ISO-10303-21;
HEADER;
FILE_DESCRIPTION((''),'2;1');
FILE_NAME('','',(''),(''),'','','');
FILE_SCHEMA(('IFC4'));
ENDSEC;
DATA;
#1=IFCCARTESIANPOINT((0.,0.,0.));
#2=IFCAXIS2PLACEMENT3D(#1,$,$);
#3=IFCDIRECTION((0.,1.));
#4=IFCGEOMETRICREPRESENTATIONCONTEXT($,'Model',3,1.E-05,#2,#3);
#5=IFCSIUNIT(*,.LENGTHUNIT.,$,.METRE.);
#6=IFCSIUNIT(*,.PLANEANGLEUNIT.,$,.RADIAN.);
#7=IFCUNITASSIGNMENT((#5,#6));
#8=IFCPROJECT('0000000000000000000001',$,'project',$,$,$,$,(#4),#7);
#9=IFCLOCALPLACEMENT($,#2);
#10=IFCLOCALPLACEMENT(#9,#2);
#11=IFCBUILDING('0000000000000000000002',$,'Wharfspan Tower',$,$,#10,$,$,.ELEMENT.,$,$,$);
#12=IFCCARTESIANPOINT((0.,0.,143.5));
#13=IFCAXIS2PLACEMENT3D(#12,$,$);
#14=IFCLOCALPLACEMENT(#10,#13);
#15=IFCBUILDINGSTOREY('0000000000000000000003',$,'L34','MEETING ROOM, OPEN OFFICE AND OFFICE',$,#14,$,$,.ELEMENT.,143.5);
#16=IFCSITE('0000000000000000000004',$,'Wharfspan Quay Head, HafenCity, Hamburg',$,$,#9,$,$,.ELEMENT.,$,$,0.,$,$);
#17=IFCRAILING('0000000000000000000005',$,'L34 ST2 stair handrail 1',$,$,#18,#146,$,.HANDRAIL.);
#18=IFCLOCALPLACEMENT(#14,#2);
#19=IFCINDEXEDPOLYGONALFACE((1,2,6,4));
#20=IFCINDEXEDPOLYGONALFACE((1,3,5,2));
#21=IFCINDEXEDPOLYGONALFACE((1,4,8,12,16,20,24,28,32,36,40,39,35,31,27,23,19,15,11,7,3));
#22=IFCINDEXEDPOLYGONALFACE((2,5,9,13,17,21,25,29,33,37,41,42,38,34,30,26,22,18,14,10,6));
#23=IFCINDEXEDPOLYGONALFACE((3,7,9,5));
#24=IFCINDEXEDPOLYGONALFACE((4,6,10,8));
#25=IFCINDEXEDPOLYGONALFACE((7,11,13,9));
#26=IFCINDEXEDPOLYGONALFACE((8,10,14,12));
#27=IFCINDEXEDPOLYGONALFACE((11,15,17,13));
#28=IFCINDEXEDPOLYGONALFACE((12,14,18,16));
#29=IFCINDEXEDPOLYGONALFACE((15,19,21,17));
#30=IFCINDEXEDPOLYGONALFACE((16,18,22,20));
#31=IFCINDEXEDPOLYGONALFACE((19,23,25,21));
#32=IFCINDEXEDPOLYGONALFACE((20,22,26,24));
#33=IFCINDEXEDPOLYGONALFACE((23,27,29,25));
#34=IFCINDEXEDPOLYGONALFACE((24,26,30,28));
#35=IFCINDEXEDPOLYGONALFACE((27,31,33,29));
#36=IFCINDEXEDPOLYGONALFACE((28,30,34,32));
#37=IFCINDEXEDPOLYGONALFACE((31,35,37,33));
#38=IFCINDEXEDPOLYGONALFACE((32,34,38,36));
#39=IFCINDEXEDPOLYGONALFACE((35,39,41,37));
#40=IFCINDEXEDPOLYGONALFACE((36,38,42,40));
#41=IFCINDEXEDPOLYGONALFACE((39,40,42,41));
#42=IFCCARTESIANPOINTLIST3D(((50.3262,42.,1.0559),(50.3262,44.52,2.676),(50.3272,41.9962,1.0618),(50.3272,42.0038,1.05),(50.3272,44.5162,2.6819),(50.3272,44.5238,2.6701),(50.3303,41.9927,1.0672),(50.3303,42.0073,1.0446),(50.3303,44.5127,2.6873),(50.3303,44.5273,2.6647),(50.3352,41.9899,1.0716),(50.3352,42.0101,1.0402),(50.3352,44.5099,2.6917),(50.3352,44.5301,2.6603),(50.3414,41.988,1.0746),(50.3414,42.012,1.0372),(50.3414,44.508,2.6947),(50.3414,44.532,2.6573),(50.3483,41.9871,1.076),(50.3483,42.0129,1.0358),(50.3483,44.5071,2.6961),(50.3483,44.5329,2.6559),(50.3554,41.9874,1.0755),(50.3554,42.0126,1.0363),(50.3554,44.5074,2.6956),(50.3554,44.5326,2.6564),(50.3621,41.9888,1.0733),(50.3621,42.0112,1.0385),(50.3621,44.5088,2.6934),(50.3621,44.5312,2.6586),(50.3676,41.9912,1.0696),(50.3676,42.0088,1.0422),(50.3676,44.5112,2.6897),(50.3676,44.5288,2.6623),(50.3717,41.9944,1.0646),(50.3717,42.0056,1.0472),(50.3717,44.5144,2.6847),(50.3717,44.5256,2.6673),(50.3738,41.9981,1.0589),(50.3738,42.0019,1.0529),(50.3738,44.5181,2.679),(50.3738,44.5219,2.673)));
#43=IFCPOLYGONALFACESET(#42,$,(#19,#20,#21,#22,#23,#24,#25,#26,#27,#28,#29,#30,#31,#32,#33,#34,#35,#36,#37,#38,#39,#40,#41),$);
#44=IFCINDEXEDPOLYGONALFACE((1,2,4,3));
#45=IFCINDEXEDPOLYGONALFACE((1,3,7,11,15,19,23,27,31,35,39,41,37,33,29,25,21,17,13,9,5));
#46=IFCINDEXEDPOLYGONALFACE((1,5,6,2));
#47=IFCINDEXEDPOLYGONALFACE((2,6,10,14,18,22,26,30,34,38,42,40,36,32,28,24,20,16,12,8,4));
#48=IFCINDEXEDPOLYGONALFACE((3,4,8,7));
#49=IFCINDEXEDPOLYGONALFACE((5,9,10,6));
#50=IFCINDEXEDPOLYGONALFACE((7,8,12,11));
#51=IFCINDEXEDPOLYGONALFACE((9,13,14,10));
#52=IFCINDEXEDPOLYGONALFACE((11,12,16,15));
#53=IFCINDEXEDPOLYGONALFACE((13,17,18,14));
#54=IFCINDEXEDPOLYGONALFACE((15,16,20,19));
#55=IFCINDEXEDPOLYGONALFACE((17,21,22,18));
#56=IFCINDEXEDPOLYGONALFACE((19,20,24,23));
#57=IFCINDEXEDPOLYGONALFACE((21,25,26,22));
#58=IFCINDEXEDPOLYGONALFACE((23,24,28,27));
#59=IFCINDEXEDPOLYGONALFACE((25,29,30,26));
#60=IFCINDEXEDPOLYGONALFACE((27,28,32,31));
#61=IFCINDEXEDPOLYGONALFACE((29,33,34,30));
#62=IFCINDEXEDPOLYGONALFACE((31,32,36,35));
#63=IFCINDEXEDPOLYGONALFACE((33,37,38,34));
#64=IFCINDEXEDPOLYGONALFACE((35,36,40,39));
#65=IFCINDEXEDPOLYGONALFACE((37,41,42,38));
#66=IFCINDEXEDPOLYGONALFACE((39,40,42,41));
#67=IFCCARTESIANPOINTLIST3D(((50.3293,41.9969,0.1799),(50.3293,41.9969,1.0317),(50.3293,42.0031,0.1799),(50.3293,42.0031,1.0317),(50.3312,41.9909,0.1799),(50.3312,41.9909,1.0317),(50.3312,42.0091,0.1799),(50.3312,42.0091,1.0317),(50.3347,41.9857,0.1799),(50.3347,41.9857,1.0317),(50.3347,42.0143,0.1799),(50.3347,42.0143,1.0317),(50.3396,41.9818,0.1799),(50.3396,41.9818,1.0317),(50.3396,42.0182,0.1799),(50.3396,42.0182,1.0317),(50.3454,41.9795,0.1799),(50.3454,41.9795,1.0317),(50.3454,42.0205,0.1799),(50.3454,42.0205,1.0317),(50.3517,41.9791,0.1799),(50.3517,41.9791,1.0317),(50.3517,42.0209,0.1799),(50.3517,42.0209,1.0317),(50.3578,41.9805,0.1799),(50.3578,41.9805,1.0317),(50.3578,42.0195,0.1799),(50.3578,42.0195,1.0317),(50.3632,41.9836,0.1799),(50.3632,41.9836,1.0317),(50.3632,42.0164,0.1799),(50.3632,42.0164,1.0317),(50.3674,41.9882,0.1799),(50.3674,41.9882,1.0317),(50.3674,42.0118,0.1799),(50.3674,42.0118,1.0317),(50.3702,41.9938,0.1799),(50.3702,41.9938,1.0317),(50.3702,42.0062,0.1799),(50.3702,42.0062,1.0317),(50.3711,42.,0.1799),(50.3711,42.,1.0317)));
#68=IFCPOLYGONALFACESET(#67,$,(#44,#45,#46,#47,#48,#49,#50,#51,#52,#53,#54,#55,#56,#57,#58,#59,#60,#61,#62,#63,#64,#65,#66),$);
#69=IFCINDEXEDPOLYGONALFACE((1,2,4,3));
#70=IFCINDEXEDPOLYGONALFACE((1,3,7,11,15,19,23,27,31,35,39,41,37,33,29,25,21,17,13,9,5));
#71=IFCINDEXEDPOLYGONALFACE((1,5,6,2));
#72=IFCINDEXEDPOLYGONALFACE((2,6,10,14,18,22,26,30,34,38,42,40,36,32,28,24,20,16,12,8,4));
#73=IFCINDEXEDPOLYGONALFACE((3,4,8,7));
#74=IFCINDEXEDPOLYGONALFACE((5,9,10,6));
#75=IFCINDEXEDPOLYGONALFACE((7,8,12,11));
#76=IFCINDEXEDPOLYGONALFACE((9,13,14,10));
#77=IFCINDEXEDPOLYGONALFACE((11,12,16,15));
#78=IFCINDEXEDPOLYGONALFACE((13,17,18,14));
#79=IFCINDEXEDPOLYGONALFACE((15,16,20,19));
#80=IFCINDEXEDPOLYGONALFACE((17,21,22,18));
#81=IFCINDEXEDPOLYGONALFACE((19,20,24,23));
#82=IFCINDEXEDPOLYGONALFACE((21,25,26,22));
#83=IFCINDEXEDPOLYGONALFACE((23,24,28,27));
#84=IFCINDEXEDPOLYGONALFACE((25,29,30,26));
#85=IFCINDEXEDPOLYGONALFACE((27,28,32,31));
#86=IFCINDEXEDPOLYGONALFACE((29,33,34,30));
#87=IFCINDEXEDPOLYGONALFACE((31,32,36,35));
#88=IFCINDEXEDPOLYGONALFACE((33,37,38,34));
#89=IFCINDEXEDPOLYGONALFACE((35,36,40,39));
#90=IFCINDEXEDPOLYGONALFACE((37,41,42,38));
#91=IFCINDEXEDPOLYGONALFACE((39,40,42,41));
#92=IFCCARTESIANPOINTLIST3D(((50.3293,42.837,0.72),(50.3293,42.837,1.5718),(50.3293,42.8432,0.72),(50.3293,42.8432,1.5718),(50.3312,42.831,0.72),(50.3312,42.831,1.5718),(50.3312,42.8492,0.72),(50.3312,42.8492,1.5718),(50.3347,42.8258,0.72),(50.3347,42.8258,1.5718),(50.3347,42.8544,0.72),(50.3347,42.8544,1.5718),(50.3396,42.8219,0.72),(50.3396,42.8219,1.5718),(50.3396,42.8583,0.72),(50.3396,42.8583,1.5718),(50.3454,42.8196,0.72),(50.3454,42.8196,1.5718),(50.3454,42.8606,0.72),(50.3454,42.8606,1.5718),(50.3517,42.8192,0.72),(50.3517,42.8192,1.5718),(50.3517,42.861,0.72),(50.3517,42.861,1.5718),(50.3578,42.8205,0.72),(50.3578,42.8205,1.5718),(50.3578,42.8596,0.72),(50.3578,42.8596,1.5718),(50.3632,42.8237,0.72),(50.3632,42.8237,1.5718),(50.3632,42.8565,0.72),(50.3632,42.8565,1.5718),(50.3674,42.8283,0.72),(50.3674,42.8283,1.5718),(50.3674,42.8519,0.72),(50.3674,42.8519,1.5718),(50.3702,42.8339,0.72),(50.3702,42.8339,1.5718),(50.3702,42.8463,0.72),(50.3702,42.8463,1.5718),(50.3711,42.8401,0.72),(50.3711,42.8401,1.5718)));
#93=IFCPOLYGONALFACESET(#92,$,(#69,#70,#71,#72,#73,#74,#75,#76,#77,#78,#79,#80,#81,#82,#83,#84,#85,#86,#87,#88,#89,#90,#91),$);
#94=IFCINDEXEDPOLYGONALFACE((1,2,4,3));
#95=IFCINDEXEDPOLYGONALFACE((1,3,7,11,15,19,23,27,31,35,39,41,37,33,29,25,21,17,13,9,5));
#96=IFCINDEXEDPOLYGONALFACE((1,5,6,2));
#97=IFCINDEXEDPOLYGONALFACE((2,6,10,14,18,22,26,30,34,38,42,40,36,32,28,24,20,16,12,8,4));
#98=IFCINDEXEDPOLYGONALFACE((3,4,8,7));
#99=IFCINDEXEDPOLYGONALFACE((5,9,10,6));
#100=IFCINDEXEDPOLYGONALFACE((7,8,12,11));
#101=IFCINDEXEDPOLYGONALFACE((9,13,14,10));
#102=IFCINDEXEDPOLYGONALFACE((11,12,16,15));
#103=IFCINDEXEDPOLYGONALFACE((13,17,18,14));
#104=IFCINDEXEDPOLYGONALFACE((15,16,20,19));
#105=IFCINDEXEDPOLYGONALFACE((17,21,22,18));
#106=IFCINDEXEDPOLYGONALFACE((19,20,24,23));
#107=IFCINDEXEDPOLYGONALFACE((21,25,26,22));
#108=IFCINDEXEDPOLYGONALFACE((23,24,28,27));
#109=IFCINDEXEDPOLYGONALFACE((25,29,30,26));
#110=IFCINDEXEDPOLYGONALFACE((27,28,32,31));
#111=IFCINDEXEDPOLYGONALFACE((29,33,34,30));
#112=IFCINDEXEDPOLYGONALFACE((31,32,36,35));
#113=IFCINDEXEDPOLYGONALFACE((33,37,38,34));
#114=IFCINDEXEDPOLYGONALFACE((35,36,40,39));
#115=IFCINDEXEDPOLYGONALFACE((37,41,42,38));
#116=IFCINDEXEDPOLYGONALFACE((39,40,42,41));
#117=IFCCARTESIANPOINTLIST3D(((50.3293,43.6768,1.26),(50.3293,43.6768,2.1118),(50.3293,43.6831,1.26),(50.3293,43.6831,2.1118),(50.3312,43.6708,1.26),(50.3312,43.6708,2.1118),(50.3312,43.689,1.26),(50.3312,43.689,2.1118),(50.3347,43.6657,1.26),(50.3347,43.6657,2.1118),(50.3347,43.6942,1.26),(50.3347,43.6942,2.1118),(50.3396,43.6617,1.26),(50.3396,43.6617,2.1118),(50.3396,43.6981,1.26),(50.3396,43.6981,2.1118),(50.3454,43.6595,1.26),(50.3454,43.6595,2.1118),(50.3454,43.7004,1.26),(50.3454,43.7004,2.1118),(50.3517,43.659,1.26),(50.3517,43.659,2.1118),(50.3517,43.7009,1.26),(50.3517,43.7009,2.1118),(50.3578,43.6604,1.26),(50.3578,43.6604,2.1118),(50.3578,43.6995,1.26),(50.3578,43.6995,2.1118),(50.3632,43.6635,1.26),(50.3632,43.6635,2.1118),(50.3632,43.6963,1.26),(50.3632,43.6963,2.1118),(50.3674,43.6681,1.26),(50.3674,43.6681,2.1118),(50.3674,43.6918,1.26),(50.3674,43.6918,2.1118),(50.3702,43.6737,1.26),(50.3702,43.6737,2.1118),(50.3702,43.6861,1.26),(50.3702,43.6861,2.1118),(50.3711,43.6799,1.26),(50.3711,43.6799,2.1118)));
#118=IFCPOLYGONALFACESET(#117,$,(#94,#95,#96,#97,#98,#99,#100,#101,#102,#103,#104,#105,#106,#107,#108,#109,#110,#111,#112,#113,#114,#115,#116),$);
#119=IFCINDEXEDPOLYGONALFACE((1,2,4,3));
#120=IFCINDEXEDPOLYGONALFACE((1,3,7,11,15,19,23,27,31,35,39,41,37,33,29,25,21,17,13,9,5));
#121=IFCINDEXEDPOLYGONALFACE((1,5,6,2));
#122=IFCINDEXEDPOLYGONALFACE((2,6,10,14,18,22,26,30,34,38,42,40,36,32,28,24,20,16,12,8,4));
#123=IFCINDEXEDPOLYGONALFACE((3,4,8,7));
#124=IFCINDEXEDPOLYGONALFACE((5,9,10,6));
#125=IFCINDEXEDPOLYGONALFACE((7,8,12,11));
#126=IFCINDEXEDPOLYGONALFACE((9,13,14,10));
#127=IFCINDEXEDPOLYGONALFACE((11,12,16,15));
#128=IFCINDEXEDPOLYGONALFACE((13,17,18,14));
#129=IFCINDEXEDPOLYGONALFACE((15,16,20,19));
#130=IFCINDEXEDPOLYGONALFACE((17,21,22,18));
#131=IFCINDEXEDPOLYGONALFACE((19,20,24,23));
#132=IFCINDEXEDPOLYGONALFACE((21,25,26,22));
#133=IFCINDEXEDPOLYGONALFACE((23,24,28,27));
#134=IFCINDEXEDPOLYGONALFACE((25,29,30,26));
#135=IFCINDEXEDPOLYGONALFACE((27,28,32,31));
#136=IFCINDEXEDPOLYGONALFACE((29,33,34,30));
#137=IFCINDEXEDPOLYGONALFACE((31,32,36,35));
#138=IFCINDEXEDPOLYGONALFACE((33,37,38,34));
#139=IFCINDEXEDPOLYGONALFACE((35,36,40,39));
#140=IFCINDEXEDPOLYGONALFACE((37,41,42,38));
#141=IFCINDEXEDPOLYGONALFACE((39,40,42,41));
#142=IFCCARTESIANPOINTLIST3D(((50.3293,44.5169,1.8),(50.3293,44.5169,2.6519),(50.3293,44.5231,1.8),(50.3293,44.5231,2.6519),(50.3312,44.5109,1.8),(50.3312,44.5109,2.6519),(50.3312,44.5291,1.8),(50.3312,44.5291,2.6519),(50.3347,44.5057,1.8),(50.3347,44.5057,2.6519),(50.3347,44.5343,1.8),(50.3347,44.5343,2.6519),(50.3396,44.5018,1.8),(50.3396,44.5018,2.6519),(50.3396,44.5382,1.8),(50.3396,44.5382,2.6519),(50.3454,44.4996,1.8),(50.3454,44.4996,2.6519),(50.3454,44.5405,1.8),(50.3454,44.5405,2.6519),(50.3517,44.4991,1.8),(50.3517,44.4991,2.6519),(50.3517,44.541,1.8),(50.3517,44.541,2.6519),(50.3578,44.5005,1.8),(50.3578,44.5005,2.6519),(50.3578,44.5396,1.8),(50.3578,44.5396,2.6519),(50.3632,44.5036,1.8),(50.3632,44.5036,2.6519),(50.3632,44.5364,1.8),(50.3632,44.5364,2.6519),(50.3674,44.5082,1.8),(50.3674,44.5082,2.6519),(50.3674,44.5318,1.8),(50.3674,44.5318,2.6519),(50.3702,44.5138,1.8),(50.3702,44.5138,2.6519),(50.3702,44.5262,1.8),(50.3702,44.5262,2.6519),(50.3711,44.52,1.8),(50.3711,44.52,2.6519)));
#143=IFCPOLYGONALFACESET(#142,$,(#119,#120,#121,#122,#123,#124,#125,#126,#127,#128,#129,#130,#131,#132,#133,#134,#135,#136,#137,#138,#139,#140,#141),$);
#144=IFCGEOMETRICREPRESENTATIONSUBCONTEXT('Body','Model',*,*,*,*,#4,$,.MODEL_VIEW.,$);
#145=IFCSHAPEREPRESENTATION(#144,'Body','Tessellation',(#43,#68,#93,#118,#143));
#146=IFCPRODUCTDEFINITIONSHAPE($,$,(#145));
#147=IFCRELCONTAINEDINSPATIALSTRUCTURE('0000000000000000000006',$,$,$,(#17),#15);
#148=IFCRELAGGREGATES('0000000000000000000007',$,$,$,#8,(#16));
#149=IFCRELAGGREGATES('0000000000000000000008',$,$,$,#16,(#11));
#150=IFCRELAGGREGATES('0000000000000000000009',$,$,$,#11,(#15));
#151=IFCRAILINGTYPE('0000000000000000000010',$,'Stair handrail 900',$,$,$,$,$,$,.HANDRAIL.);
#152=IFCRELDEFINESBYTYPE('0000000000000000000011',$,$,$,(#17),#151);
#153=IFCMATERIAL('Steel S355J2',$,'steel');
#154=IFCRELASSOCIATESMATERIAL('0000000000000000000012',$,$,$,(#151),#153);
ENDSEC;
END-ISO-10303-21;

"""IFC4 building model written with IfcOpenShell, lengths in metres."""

from ifc_helpers import new_model, si_unit, direction, frame, origin, origin_2d, place, context, subcontext, project, spatial, circle, extrude, material, type_object, element, save


model = new_model("IFC4")

# Units and contexts
model_context = context("Model", 3, precision=1e-05, world=origin(), true_north=direction((0.0, 1.0)))
body_context = subcontext(model_context, "Body", "Model", "MODEL_VIEW")
ifc_project = project(units=[si_unit("LENGTHUNIT", "METRE"), si_unit("PLANEANGLEUNIT", "RADIAN")], contexts=[model_context])

# Site, building, storey
site_placement = place(None, origin())
site = spatial("IfcSite", under=ifc_project, at=site_placement, Name="Wharfspan Quay Head, HafenCity, Hamburg", CompositionType="ELEMENT", RefElevation=0.0)
building_placement = place(site_placement, origin())
building = spatial("IfcBuilding", under=site, at=building_placement, Name="Wharfspan Tower", CompositionType="ELEMENT")
storey_placement = place(building_placement, frame((0.0, 0.0, 143.5)))
storey = spatial("IfcBuildingStorey", under=building, at=storey_placement, Name="L34", Description="MEETING ROOM, OPEN OFFICE AND OFFICE", CompositionType="ELEMENT", Elevation=143.5)

# Shared definitions
ifc_material_1 = material(Name="Steel S355J2", Category="steel")

# Railing
railing_type_1 = type_object("IfcRailingType", Name="Stair handrail 900", PredefinedType="HANDRAIL", material=ifc_material_1)
railing_1_placement = place(storey_placement, frame((50.3501, 42.0, 0.1799)))
element("IfcRailing", 1, at=railing_1_placement, inside=storey, type_object=railing_type_1, Name="L34 ST2 stair handrail 1", PredefinedType="HANDRAIL", context=body_context, shape_type="SweptSolid", body=[
    extrude(circle(Radius=0.0239, at=origin_2d()), frame((0.0, 0.0, 0.876), z_axis=(0.0, 0.841163, 0.540782), x_axis=(-1.0, 0.0, 0.0)), (0.0, 0.0, 1.0), 2.9958),
    extrude(circle(Radius=0.021, at=origin_2d()), origin(), (0.0, 0.0, 1.0), 0.8518),
    extrude(circle(Radius=0.021, at=origin_2d()), frame((0.0, 0.8401, 0.54)), (0.0, 0.0, 1.0), 0.8518),
    extrude(circle(Radius=0.021, at=origin_2d()), frame((0.0, 1.6799, 1.0801)), (0.0, 0.0, 1.0), 0.8518),
    extrude(circle(Radius=0.021, at=origin_2d()), frame((0.0, 2.52, 1.6201)), (0.0, 0.0, 1.0), 0.8518),
])

save(model, "model.ifc")
